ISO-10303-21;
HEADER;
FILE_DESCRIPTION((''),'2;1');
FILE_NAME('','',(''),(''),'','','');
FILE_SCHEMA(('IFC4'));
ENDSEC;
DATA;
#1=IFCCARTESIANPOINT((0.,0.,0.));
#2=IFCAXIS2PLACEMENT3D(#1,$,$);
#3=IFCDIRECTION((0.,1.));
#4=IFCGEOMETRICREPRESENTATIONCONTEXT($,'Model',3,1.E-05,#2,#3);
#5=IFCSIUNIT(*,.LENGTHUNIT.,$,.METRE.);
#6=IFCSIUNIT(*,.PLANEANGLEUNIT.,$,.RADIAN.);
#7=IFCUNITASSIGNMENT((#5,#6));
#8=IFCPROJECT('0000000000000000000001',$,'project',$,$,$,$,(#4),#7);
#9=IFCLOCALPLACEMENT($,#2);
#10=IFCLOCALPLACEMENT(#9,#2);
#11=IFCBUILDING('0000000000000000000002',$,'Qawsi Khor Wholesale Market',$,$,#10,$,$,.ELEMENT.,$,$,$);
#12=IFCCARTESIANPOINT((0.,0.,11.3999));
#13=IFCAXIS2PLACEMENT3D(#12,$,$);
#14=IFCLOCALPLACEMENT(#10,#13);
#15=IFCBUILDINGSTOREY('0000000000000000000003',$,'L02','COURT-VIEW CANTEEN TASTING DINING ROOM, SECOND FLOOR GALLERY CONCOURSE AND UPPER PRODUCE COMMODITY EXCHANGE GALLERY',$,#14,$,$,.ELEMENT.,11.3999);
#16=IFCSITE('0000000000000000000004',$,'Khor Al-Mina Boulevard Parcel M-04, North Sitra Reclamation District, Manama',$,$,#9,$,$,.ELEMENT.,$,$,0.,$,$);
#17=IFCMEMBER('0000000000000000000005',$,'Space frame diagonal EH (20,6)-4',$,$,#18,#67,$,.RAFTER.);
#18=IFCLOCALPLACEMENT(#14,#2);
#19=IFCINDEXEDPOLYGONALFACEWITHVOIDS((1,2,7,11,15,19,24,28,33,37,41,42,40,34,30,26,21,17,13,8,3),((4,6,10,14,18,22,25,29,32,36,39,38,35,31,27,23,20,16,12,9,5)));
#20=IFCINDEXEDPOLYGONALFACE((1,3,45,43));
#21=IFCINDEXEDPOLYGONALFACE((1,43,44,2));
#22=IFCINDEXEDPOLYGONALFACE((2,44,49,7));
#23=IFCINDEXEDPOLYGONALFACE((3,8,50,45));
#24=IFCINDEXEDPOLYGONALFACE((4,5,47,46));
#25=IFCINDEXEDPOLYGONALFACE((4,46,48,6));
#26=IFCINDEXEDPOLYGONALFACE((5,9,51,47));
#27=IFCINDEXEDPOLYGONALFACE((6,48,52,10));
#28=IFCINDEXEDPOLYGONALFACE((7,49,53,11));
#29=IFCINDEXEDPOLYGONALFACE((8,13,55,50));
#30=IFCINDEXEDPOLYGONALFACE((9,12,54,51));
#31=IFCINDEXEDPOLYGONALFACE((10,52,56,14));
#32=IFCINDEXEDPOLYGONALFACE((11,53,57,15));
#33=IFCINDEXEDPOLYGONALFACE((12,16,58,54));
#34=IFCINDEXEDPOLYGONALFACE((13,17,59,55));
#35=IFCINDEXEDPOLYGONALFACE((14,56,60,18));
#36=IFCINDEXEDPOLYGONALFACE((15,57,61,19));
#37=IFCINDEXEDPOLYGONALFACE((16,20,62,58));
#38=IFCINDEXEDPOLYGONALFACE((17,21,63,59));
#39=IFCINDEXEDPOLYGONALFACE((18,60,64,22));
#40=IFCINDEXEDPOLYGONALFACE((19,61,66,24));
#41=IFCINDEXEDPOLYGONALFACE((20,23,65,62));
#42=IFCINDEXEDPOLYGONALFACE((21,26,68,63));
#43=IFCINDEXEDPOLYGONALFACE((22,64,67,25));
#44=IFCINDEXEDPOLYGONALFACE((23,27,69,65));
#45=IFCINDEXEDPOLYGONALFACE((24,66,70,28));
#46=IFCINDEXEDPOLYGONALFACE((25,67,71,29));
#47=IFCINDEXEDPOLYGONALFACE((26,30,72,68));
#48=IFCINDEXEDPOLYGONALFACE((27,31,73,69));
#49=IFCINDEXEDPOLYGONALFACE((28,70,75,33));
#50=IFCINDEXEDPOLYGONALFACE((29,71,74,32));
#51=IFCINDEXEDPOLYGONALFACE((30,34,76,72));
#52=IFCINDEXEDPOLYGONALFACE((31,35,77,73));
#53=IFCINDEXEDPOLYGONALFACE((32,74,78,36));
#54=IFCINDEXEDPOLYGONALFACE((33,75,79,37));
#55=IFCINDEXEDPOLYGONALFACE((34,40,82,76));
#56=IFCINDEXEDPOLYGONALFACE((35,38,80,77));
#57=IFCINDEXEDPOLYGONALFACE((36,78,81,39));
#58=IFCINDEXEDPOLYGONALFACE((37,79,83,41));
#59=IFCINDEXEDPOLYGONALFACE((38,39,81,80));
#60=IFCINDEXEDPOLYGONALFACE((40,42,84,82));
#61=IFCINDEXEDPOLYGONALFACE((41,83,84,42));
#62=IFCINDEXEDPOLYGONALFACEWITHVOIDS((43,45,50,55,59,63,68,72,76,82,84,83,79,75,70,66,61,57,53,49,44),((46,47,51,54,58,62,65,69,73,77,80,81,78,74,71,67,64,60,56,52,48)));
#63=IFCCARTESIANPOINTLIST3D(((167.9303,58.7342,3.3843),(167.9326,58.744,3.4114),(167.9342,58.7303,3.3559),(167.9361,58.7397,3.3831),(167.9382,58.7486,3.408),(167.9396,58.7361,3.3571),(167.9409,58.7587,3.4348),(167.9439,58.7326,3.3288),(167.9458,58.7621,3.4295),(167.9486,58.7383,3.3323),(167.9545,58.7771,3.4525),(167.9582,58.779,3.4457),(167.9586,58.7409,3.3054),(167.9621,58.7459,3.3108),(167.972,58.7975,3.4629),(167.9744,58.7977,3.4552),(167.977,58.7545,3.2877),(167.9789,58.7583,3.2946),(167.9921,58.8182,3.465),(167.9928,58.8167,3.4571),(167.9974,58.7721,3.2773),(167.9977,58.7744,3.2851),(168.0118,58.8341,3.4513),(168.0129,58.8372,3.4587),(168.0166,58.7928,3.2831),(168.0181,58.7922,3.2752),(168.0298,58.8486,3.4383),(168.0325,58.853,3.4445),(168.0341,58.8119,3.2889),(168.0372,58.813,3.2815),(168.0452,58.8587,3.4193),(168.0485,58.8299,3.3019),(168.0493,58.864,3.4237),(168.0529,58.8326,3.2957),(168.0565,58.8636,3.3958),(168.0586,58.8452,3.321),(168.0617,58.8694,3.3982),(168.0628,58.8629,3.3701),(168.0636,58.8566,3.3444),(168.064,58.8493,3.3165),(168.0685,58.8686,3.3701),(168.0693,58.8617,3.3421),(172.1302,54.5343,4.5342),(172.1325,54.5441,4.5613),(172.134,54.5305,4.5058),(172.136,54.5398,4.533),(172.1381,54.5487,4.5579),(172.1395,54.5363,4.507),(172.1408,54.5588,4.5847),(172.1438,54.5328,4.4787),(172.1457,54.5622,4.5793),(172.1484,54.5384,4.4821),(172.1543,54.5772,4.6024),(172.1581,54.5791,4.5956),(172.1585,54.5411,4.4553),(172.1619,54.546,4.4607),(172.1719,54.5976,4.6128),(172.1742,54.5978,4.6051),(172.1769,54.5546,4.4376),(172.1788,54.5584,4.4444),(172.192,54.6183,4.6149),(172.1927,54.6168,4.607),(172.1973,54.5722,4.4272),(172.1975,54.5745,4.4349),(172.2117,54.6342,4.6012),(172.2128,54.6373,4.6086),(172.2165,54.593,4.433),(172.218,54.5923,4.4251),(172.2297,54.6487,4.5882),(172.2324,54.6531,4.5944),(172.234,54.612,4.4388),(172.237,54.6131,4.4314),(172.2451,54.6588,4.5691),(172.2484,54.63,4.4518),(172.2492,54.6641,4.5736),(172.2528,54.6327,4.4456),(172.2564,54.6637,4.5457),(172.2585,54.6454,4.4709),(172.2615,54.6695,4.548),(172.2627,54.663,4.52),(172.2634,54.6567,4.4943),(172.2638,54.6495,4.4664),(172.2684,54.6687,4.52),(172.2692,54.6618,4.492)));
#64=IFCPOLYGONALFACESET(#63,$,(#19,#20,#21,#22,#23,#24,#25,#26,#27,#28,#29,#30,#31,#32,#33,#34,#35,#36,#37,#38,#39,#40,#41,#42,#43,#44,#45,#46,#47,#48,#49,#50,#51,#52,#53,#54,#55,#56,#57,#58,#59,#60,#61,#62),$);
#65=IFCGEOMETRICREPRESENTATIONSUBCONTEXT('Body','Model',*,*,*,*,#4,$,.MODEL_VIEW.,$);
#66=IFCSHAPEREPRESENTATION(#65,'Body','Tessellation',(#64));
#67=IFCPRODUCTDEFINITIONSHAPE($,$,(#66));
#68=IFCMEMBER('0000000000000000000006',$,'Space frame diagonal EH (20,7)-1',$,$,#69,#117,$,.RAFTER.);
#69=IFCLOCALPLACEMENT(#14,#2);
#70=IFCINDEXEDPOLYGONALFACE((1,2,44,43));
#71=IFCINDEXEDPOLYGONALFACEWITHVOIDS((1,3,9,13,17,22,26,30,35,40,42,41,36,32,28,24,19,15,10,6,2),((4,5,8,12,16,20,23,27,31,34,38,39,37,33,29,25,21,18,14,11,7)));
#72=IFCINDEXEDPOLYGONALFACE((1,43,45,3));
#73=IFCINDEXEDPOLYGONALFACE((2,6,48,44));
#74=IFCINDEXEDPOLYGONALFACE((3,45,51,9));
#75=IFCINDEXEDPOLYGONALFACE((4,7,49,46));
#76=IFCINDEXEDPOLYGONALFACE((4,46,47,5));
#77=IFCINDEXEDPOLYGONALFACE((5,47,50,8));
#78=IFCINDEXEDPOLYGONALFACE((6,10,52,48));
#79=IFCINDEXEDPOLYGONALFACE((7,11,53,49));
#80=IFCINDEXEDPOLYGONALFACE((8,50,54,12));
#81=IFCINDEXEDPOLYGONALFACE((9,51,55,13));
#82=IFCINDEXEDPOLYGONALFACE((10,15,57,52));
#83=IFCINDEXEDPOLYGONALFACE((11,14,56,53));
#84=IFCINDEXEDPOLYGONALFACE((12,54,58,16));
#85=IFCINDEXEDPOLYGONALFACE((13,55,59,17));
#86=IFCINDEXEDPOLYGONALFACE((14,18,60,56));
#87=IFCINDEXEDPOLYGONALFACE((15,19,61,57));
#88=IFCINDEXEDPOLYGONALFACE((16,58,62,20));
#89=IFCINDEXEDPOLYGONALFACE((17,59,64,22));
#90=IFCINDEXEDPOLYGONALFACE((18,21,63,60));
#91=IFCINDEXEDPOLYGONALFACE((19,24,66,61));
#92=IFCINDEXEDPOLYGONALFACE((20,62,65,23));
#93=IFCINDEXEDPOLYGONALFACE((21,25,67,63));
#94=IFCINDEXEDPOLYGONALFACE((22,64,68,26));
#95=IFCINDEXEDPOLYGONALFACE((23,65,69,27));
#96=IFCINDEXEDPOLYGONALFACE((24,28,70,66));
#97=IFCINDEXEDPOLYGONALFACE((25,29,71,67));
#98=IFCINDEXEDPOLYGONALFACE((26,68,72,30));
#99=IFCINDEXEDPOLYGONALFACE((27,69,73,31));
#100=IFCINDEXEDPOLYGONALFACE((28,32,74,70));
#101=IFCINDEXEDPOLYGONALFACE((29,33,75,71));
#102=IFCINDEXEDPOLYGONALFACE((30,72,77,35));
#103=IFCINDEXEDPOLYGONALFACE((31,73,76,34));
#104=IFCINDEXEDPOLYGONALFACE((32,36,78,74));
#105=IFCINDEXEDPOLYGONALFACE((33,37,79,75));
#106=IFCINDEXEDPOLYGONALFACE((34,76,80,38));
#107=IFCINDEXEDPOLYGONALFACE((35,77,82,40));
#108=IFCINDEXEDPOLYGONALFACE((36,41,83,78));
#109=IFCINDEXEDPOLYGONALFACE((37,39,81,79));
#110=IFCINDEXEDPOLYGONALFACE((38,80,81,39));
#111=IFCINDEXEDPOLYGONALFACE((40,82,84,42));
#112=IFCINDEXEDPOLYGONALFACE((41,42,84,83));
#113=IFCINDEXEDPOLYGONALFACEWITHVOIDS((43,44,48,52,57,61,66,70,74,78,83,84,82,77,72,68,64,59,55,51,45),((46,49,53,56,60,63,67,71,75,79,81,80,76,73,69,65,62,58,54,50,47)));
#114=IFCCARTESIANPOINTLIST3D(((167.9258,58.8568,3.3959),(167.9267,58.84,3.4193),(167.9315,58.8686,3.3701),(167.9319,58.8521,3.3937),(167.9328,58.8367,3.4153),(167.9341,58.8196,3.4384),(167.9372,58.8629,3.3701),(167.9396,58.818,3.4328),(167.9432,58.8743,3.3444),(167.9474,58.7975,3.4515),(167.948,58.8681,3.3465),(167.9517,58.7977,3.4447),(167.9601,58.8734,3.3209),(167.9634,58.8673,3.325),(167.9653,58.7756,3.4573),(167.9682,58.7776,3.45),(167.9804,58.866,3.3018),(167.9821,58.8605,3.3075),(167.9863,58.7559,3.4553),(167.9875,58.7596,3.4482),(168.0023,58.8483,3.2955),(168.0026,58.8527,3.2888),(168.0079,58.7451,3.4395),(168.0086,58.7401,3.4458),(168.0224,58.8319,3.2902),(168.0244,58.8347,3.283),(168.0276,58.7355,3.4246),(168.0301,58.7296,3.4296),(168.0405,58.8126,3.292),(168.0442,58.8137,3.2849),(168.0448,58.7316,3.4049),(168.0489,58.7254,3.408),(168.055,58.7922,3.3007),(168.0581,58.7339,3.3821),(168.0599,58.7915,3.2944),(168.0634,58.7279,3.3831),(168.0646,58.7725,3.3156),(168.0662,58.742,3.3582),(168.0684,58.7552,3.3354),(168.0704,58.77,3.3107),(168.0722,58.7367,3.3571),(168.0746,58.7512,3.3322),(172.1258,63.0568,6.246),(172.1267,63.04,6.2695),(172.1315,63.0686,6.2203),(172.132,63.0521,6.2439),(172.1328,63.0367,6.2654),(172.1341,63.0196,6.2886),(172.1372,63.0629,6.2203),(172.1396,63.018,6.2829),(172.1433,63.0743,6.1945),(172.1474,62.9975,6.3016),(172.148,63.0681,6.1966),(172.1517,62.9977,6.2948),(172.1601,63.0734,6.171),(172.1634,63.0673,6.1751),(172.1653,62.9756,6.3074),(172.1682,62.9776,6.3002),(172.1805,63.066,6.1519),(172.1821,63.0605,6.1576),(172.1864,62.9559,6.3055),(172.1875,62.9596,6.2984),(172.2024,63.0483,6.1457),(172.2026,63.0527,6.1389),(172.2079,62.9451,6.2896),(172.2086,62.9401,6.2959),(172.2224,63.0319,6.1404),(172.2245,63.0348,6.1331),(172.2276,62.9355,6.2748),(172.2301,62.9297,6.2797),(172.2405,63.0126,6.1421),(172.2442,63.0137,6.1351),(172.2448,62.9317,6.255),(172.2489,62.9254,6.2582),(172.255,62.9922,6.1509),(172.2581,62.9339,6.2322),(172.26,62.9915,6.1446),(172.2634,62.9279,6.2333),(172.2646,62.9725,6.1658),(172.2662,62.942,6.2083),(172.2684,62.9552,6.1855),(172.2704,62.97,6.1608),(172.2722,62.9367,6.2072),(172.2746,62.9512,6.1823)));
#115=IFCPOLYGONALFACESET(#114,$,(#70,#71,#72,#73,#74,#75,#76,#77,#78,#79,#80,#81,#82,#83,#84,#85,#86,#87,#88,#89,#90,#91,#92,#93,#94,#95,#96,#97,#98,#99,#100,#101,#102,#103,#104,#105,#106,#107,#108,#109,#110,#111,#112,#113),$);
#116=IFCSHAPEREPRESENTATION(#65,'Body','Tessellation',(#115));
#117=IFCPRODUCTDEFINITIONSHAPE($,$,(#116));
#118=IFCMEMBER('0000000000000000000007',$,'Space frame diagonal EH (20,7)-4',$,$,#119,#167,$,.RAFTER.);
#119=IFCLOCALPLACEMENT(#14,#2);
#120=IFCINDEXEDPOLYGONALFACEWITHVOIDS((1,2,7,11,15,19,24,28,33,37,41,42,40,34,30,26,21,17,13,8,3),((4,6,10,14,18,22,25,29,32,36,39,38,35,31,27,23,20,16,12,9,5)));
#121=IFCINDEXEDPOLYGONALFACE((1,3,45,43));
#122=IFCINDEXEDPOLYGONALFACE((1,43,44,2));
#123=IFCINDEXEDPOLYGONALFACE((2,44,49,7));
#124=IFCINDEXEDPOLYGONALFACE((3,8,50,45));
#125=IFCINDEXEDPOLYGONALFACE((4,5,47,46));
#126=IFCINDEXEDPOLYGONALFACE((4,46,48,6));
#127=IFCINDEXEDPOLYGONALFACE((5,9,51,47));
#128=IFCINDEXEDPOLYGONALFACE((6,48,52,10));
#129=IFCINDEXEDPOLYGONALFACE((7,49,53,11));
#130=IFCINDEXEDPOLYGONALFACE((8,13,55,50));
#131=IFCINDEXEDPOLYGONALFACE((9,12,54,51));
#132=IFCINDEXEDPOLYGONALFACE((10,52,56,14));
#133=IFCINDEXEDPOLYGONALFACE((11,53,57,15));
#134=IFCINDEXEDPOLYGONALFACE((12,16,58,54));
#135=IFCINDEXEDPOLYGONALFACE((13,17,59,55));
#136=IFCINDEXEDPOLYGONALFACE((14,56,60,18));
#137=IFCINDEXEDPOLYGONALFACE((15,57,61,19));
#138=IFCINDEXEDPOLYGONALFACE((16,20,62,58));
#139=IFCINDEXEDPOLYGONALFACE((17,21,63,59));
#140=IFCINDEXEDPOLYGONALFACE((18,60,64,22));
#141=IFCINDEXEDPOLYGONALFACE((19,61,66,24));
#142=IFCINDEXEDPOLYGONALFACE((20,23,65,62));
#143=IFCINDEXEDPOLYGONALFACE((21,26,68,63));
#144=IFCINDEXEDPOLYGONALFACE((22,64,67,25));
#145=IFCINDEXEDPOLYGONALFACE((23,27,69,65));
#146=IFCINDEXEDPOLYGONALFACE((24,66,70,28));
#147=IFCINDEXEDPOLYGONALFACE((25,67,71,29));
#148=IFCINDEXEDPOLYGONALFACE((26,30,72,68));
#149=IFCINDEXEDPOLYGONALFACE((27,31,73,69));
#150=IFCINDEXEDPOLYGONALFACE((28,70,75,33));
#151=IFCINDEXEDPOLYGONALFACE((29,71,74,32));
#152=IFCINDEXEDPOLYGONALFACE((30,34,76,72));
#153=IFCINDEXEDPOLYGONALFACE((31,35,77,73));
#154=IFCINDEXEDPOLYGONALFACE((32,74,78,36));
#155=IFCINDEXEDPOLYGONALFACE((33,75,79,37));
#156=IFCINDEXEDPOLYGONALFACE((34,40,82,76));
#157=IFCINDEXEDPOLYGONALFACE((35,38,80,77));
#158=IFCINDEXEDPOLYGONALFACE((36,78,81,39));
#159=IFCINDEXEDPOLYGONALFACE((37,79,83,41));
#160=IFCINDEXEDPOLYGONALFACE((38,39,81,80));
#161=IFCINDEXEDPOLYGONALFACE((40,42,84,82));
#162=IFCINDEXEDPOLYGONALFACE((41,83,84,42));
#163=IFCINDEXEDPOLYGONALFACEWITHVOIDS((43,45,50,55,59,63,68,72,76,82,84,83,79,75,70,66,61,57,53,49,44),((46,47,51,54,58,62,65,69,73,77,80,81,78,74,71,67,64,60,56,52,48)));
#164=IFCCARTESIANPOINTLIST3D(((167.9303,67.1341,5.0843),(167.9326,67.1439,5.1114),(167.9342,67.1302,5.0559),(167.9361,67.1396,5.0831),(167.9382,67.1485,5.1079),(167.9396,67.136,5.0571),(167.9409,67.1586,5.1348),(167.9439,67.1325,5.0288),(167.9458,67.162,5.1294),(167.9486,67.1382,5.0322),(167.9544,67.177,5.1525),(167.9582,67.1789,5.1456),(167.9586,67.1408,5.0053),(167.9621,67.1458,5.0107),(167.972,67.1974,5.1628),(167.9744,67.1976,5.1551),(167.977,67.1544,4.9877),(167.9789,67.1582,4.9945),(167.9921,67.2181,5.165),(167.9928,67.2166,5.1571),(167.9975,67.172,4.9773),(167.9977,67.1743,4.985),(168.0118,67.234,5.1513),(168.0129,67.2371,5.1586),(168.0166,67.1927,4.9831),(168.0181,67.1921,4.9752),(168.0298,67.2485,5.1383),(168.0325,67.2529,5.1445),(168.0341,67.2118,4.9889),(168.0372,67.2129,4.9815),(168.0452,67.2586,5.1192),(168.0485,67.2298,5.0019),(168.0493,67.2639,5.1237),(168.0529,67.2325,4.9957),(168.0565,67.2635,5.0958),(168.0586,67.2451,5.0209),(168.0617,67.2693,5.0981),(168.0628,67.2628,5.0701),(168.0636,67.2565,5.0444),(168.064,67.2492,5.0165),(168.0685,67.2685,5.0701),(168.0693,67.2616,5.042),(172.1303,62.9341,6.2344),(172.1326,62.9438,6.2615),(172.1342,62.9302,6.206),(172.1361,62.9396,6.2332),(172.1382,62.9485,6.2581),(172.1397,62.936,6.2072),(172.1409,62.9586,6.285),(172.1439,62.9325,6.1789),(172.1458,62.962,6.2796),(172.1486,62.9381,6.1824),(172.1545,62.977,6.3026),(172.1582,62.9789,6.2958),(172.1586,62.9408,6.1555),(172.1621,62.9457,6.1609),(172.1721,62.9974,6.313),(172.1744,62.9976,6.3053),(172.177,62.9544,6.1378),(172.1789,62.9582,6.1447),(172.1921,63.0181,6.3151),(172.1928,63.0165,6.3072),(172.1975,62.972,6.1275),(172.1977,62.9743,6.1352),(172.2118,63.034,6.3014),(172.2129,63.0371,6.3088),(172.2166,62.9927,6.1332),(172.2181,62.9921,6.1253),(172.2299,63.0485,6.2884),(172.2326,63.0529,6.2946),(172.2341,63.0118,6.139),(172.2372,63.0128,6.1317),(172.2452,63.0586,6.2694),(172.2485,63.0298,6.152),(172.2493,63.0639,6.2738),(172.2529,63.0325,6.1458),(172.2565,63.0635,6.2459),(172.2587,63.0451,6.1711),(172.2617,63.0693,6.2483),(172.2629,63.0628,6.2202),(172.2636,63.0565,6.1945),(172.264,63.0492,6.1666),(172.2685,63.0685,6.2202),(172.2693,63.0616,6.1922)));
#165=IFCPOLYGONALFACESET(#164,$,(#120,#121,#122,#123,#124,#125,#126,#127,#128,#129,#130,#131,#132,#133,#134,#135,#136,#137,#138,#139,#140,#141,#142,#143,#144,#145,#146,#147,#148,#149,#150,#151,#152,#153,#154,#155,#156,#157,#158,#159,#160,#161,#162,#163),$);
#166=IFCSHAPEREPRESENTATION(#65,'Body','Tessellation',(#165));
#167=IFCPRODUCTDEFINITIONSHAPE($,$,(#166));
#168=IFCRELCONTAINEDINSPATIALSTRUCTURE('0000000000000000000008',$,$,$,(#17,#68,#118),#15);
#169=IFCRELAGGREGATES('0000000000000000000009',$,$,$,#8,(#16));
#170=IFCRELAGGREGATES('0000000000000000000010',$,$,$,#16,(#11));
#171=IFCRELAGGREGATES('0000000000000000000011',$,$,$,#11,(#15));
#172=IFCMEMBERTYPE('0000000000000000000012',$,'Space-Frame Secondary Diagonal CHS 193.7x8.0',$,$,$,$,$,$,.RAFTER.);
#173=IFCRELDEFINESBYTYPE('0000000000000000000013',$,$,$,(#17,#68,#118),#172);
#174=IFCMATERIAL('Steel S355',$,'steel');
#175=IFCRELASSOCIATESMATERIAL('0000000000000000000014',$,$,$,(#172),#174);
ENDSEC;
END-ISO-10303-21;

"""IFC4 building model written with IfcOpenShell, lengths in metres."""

from ifc_helpers import new_model, si_unit, direction, frame, origin, origin_2d, place, context, subcontext, project, spatial, hollow_circle, extrude, material, material_profile, profile_set, type_object, element, save


model = new_model("IFC4")

# Units and contexts
model_context = context("Model", 3, precision=1e-05, world=origin(), true_north=direction((0.0, 1.0)))
body_context = subcontext(model_context, "Body", "Model", "MODEL_VIEW")
ifc_project = project(units=[si_unit("LENGTHUNIT", "METRE"), si_unit("PLANEANGLEUNIT", "RADIAN")], contexts=[model_context])

# Site, building, storey
site_placement = place(None, origin())
site = spatial("IfcSite", under=ifc_project, at=site_placement, Name="Khor Al-Mina Boulevard Parcel M-04, North Sitra Reclamation District, Manama", CompositionType="ELEMENT", RefElevation=0.0)
building_placement = place(site_placement, origin())
building = spatial("IfcBuilding", under=site, at=building_placement, Name="Qawsi Khor Wholesale Market", CompositionType="ELEMENT")
storey_placement = place(building_placement, frame((0.0, 0.0, 11.3999)))
storey = spatial("IfcBuildingStorey", under=building, at=storey_placement, Name="L02", Description="COURT-VIEW CANTEEN TASTING DINING ROOM, SECOND FLOOR GALLERY CONCOURSE AND UPPER PRODUCE COMMODITY EXCHANGE GALLERY", CompositionType="ELEMENT", Elevation=11.3999)

# Members
ifc_material_1 = material(Name="Steel S355", Category="steel")
ifc_material_profile_1 = material_profile(ifc_material_1, hollow_circle(Radius=0.0969, WallThickness=0.0081, at=origin_2d()), Name="CHS 193.7x8.0")
ifc_profile_set_1 = profile_set([ifc_material_profile_1], Name="Steel S355")
member_type_1 = type_object("IfcMemberType", Name="Space-Frame Secondary Diagonal CHS 193.7x8.0", PredefinedType="RAFTER", material=ifc_profile_set_1)
member_1_placement = place(storey_placement, frame((168.0, 58.8, 3.3701), z_axis=(0.694217, -0.694217, 0.190069), x_axis=(0.707107, 0.707107, 0.0)))
element("IfcMember", 1, at=member_1_placement, inside=storey, type_object=member_type_1, Name="Space frame diagonal EH (20,6)-4", PredefinedType="RAFTER", context=body_context, shape_type="SweptSolid", body=[
    extrude(hollow_circle(Radius=0.0969, WallThickness=0.0081, at=origin_2d()), origin(), (0.0, 0.0, 1.0), 6.0498),
])
member_2_placement = place(storey_placement, frame((168.0, 58.8, 3.3701), z_axis=(0.637512, 0.637512, 0.432617), x_axis=(-0.707107, 0.707107, 0.0)))
element("IfcMember", 2, at=member_2_placement, inside=storey, type_object=member_type_1, Name="Space frame diagonal EH (20,7)-1", PredefinedType="RAFTER", context=body_context, shape_type="SweptSolid", body=[
    extrude(hollow_circle(Radius=0.0969, WallThickness=0.0081, at=origin_2d()), origin(), (0.0, 0.0, 1.0), 6.5881),
])
member_3_placement = place(storey_placement, frame((168.0, 67.2, 5.0701), z_axis=(0.694211, -0.694211, 0.190108), x_axis=(0.707107, 0.707107, 0.0)))
element("IfcMember", 3, at=member_3_placement, inside=storey, type_object=member_type_1, Name="Space frame diagonal EH (20,7)-4", PredefinedType="RAFTER", context=body_context, shape_type="SweptSolid", body=[
    extrude(hollow_circle(Radius=0.0969, WallThickness=0.0081, at=origin_2d()), origin(), (0.0, 0.0, 1.0), 6.05),
])

save(model, "model.ifc")
